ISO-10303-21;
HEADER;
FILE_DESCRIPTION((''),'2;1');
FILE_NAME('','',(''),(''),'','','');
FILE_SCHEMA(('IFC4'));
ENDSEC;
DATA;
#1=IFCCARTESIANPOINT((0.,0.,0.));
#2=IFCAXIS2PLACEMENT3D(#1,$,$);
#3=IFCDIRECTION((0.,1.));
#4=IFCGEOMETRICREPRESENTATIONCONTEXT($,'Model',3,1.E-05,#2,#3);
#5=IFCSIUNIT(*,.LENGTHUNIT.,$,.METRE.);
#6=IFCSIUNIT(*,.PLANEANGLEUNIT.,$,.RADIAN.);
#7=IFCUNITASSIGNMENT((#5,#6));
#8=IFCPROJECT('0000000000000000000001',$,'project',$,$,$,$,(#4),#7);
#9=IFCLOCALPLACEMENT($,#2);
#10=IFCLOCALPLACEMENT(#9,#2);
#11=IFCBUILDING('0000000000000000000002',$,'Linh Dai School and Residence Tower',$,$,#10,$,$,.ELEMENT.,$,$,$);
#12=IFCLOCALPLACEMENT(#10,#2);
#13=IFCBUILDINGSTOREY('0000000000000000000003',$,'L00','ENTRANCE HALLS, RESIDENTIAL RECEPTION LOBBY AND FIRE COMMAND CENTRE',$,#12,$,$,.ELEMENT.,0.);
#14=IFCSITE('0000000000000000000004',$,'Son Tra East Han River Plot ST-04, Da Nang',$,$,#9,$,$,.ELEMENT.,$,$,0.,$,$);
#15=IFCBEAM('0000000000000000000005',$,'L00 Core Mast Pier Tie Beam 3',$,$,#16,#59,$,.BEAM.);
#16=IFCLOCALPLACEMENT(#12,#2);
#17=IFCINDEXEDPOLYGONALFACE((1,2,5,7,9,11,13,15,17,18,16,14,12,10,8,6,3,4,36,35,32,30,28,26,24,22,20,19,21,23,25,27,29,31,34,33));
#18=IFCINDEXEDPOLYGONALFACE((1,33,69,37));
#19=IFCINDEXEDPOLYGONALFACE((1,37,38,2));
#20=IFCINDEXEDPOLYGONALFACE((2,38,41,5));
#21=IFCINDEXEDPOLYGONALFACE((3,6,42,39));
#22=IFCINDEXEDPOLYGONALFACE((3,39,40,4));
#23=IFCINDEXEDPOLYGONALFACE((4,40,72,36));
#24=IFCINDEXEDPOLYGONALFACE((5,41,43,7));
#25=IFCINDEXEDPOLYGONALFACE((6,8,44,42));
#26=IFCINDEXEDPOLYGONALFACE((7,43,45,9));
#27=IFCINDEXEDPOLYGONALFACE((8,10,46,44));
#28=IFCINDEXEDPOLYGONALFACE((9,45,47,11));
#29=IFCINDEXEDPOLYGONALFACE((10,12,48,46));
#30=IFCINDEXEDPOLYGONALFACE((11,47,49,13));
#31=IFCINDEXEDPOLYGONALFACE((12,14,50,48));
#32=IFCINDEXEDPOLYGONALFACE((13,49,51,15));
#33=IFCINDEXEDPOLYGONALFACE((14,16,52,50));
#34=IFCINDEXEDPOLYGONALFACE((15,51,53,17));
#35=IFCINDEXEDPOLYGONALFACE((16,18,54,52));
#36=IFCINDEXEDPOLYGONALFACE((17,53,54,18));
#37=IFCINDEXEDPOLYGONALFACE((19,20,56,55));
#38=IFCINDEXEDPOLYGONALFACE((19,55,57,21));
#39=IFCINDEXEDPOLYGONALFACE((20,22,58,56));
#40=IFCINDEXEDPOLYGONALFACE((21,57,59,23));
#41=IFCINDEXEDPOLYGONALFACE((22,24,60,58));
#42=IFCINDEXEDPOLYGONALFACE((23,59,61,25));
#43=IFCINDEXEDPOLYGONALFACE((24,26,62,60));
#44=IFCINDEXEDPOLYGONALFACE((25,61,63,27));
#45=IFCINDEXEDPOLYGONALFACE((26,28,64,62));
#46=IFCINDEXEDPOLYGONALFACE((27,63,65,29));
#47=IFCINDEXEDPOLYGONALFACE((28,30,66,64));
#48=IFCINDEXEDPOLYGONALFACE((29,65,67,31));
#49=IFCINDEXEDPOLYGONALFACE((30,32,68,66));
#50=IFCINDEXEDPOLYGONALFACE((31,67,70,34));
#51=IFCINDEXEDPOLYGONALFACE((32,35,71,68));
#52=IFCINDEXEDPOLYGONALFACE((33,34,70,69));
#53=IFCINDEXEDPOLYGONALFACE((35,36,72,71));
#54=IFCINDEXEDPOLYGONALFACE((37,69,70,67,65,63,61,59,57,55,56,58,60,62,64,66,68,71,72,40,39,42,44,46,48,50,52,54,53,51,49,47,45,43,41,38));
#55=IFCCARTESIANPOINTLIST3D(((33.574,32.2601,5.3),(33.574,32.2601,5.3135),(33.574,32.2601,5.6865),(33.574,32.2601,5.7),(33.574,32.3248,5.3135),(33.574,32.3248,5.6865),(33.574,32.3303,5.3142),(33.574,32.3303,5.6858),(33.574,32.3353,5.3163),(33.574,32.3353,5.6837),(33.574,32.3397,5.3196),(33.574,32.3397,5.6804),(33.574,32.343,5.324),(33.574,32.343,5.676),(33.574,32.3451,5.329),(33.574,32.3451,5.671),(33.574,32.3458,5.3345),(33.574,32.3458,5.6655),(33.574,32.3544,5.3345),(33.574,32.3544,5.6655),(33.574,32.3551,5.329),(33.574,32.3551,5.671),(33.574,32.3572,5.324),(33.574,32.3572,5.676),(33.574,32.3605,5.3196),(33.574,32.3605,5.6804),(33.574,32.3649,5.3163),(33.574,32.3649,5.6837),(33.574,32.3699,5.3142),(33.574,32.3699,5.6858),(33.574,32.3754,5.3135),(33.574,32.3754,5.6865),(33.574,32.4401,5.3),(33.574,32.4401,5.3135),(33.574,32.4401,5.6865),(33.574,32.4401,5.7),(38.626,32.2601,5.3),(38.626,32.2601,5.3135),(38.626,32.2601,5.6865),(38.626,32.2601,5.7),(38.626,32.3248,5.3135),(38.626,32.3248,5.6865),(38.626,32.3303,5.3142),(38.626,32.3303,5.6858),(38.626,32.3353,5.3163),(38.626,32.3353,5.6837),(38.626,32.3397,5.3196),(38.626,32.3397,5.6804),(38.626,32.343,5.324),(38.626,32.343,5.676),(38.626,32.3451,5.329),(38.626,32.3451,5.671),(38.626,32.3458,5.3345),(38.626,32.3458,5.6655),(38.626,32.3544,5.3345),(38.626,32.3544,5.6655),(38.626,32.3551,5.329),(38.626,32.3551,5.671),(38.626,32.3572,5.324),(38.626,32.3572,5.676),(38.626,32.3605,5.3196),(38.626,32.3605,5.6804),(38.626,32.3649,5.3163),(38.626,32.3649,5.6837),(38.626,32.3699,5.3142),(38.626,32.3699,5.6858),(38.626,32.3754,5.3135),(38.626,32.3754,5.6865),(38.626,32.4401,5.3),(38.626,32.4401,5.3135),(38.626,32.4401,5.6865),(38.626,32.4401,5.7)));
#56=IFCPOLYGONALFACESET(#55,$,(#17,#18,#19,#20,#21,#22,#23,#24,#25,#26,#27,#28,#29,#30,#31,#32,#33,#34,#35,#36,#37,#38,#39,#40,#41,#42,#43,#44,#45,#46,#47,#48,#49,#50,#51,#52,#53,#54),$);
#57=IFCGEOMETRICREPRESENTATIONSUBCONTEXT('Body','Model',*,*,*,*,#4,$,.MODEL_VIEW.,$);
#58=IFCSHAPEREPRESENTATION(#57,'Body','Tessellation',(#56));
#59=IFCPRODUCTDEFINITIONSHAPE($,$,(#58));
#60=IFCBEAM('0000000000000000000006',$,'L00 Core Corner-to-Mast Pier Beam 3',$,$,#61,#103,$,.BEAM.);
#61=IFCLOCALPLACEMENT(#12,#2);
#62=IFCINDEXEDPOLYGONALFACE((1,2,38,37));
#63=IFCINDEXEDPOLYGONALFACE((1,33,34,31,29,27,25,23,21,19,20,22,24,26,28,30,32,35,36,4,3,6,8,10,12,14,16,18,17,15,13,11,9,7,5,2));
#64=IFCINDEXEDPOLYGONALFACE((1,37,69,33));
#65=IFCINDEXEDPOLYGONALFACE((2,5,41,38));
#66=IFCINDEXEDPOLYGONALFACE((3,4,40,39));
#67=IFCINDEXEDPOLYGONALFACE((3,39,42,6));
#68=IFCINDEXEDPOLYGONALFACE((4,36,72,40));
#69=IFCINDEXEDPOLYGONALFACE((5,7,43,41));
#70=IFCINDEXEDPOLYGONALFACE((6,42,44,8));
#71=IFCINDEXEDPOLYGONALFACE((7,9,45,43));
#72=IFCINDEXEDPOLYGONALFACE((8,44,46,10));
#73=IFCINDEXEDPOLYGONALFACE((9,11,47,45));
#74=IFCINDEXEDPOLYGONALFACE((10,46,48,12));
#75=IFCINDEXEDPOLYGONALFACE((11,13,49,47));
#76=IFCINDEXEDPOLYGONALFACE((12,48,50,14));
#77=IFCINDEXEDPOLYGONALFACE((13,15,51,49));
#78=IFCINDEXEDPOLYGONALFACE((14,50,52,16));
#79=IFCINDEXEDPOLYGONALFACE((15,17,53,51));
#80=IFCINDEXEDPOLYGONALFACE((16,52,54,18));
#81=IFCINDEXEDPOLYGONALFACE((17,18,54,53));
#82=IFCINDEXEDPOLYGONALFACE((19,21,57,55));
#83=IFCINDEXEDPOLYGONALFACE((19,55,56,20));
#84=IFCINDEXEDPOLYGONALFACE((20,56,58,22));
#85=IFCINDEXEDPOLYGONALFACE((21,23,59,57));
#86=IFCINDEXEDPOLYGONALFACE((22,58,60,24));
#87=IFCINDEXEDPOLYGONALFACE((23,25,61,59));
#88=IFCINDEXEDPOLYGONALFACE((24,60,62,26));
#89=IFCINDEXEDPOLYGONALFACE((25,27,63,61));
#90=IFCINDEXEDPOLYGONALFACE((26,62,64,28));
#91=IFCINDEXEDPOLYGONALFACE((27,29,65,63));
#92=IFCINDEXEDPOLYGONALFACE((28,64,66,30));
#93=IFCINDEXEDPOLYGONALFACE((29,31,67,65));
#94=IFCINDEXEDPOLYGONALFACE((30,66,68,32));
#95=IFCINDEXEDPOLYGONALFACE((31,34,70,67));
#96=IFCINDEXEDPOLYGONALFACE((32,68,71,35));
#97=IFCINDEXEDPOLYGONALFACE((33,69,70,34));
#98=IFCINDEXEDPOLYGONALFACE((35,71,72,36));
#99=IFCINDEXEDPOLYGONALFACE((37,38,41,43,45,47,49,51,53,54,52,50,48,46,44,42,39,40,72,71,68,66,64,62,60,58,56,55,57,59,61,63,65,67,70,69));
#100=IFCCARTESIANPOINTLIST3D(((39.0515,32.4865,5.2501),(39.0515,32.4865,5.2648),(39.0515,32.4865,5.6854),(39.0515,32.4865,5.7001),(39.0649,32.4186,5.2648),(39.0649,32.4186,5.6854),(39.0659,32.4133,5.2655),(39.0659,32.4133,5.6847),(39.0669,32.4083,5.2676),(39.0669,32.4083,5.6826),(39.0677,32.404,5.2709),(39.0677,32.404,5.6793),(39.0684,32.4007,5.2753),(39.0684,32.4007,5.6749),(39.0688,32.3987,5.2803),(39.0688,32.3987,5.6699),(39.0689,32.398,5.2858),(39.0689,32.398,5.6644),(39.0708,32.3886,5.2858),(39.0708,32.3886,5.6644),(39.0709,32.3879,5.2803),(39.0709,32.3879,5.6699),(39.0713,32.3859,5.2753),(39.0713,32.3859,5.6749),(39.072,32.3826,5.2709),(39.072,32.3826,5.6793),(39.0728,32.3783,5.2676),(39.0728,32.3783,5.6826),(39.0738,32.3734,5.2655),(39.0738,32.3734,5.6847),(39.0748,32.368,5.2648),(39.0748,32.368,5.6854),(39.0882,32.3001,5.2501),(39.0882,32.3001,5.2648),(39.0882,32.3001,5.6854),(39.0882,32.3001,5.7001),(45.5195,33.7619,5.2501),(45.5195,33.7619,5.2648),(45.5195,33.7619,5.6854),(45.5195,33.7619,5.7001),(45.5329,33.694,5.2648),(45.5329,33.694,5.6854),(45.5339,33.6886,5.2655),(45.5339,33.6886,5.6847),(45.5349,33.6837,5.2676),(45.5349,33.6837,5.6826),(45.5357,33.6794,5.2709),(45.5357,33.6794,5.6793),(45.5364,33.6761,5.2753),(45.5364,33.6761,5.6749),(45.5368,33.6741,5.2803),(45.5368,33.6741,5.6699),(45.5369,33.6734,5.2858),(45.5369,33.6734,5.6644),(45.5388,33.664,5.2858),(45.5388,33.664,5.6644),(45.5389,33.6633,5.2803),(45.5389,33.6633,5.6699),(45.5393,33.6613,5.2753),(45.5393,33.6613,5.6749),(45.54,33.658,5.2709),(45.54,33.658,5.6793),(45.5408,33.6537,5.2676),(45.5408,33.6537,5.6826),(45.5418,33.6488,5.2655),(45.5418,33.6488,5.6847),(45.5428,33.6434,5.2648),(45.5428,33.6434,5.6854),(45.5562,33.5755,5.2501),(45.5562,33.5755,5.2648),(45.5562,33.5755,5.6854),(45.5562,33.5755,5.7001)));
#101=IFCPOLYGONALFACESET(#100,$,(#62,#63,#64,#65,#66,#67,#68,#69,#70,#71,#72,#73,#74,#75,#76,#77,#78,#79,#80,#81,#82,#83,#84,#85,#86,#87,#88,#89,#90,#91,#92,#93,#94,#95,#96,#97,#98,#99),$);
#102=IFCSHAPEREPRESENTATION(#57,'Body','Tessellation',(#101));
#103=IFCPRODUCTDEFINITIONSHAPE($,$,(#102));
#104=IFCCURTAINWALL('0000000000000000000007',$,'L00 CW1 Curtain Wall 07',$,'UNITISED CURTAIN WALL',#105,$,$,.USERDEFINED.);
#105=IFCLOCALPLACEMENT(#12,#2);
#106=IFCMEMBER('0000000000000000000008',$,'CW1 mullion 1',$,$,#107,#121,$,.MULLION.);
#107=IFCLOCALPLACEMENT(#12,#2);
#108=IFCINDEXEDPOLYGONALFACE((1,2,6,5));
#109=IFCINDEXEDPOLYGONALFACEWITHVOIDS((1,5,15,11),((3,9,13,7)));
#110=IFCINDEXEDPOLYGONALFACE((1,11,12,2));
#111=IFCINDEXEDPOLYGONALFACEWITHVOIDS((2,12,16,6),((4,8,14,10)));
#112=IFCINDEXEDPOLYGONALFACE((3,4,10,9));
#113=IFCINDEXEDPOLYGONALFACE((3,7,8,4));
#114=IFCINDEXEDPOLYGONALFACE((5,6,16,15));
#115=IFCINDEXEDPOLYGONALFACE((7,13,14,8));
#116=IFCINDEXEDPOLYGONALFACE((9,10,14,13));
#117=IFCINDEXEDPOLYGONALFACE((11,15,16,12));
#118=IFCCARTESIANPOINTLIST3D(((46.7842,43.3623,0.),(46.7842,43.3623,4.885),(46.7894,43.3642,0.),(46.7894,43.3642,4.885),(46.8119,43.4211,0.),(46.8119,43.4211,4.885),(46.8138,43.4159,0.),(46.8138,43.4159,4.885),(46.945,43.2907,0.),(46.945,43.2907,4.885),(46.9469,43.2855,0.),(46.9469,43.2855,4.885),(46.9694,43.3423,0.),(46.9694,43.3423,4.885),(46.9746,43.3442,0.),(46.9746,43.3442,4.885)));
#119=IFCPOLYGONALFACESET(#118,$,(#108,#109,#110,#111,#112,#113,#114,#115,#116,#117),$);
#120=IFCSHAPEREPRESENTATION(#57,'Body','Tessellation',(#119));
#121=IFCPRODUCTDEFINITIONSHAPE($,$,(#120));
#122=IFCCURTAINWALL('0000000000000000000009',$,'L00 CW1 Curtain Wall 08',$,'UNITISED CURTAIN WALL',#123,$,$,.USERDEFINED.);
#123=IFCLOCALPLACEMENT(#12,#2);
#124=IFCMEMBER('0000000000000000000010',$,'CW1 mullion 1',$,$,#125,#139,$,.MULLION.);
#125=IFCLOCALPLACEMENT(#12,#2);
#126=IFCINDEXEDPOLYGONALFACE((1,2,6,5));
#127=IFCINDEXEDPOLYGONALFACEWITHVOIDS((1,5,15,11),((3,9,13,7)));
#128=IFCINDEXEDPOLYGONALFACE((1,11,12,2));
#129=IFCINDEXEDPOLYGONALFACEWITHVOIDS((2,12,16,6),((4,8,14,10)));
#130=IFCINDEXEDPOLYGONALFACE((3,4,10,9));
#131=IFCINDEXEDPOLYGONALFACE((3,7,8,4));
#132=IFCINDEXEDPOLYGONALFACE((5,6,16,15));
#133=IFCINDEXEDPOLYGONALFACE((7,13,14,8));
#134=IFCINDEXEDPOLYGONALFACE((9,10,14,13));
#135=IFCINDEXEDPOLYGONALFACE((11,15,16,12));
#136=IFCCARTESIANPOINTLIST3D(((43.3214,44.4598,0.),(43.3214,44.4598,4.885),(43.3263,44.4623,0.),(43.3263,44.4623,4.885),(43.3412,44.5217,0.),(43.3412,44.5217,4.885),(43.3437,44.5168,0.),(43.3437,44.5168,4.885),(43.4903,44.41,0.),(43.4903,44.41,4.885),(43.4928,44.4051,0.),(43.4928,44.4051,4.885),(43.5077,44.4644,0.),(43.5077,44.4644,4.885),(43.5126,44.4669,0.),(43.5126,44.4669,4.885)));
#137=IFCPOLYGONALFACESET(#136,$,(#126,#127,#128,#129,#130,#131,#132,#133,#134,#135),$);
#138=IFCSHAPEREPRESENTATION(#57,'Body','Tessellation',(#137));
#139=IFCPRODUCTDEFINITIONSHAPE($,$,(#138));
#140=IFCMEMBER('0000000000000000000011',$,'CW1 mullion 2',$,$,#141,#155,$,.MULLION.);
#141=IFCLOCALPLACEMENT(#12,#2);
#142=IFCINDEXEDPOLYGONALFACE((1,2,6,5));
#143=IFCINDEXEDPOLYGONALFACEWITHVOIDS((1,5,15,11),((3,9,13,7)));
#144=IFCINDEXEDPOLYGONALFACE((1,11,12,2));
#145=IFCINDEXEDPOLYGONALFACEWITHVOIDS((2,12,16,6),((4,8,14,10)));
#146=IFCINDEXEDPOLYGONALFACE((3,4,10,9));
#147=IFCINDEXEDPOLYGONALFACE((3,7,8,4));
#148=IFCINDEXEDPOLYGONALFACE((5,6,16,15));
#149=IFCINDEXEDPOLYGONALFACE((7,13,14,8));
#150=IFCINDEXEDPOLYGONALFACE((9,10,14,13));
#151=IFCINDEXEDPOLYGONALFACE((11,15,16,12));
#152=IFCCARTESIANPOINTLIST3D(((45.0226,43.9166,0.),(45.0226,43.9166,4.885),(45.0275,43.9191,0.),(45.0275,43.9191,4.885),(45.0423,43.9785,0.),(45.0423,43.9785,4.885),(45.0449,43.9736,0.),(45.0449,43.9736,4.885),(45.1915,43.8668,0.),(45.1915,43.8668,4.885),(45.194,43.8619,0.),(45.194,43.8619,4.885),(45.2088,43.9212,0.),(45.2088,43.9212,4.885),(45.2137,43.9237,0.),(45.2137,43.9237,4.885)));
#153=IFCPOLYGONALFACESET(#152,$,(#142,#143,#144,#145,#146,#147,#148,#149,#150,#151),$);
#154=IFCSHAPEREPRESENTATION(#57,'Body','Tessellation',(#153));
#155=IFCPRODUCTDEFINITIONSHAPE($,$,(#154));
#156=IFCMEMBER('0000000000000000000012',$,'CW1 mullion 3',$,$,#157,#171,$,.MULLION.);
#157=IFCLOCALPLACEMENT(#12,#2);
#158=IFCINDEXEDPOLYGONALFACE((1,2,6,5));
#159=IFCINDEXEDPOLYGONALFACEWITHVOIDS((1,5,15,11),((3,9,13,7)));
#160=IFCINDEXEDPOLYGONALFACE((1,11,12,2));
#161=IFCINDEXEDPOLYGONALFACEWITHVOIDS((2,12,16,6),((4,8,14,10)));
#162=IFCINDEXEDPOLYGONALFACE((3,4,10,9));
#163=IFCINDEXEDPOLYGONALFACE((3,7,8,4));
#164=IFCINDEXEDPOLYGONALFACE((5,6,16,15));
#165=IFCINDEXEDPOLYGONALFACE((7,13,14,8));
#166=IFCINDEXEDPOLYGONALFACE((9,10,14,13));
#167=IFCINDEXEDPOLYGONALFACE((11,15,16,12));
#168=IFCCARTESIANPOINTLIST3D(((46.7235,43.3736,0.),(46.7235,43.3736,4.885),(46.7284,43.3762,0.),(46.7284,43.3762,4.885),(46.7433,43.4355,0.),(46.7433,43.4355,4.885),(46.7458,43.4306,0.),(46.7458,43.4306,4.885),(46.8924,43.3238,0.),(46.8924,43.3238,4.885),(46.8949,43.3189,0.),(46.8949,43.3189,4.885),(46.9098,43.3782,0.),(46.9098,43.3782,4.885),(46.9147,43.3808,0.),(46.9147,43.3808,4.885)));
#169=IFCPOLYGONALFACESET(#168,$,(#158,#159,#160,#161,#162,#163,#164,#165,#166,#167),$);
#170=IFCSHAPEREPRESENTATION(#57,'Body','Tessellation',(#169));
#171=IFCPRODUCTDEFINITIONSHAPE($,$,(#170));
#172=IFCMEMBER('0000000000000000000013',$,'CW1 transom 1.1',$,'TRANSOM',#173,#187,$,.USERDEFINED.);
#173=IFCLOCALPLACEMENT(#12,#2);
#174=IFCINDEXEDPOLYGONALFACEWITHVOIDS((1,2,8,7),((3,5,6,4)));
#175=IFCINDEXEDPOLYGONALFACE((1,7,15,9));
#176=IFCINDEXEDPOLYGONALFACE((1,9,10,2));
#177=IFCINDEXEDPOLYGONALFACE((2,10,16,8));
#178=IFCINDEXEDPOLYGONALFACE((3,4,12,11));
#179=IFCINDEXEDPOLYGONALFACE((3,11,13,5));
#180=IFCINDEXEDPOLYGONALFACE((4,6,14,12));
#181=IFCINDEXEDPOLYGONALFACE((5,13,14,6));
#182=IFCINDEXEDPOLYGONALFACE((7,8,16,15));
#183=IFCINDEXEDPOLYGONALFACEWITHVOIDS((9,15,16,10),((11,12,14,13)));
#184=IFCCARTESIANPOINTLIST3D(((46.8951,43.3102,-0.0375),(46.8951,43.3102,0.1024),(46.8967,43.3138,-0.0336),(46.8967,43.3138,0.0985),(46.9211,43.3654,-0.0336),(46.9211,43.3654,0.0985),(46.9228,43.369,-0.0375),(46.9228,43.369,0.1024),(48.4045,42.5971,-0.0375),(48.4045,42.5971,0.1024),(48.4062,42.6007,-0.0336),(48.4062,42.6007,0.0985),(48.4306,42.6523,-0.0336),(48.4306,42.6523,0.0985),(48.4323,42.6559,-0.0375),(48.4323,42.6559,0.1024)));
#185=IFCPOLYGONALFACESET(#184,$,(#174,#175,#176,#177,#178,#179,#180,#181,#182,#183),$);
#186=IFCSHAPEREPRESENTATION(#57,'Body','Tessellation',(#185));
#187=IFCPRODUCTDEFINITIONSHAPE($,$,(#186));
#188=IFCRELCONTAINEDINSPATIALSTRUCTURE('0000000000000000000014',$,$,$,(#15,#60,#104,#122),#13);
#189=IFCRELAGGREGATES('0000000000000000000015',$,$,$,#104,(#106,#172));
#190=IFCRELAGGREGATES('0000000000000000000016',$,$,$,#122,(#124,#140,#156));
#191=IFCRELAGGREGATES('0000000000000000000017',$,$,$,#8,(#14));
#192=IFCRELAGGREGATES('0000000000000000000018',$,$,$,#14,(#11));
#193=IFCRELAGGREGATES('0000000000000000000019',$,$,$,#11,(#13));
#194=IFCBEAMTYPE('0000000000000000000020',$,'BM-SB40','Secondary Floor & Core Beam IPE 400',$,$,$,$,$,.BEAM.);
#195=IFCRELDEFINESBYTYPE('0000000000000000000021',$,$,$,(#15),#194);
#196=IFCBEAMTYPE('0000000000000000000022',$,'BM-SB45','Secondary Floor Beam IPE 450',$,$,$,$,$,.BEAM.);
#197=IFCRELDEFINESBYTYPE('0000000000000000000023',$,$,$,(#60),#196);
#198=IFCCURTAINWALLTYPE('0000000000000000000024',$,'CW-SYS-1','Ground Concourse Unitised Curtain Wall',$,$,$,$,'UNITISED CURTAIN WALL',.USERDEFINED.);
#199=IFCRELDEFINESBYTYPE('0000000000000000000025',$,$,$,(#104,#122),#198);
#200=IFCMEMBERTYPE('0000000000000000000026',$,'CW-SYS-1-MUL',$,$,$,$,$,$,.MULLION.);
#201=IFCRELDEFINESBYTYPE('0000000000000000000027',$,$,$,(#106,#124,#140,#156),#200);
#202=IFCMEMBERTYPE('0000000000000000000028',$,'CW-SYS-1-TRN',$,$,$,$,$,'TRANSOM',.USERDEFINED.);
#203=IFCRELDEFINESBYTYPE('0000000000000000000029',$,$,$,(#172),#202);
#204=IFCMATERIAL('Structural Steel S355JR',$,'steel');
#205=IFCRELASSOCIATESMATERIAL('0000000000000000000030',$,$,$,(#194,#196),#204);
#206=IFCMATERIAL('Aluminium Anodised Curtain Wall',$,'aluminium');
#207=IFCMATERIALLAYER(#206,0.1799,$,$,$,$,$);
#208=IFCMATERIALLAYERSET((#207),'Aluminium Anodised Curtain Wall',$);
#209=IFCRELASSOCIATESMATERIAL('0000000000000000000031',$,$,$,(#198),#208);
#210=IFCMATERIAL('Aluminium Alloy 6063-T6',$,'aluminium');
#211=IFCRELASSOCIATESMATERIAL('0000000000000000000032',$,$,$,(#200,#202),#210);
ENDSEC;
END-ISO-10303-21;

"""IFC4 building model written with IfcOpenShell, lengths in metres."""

from ifc_helpers import new_model, si_unit, direction, frame, origin, origin_2d, place, context, subcontext, project, spatial, hollow_rectangle, i_section, extrude, source, transform, mapped, material, layer, layer_set, material_profile, profile_set, type_object, element, aggregate, save


model = new_model("IFC4")

# Units and contexts
model_context = context("Model", 3, precision=1e-05, world=origin(), true_north=direction((0.0, 1.0)))
body_context = subcontext(model_context, "Body", "Model", "MODEL_VIEW")
ifc_project = project(units=[si_unit("LENGTHUNIT", "METRE"), si_unit("PLANEANGLEUNIT", "RADIAN")], contexts=[model_context])

# Site, building, storey
site_placement = place(None, origin())
site = spatial("IfcSite", under=ifc_project, at=site_placement, Name="Son Tra East Han River Plot ST-04, Da Nang", CompositionType="ELEMENT", RefElevation=0.0)
building_placement = place(site_placement, origin())
building = spatial("IfcBuilding", under=site, at=building_placement, Name="Linh Dai School and Residence Tower", CompositionType="ELEMENT")
storey_placement = place(building_placement, origin())
storey = spatial("IfcBuildingStorey", under=building, at=storey_placement, Name="L00", Description="ENTRANCE HALLS, RESIDENTIAL RECEPTION LOBBY AND FIRE COMMAND CENTRE", CompositionType="ELEMENT", Elevation=0.0)

# Shared definitions
ifc_material_1 = material(Name="Structural Steel S355JR", Category="steel")

# Beams
ifc_material_profile_1 = material_profile(ifc_material_1, i_section(OverallWidth=0.1799, OverallDepth=0.3999, WebThickness=0.0085, FlangeThickness=0.0134, FilletRadius=0.021, at=origin_2d()), Name="IPE 400")
ifc_profile_set_1 = profile_set([ifc_material_profile_1], Name="Structural Steel S355JR")
beam_type_1 = type_object("IfcBeamType", Name="BM-SB40", Description="Secondary Floor & Core Beam IPE 400", PredefinedType="BEAM", material=ifc_profile_set_1)
beam_1_placement = place(storey_placement, frame((38.626, 32.3501, 5.5), z_axis=(-1.0, 0.0, 0.0), x_axis=(0.0, -1.0, 0.0)))
element("IfcBeam", 1, at=beam_1_placement, inside=storey, type_object=beam_type_1, Name="L00 Core Mast Pier Tie Beam 3", PredefinedType="BEAM", context=body_context, shape_type="SweptSolid", body=[
    extrude(i_section(OverallWidth=0.1799, OverallDepth=0.3999, WebThickness=0.0085, FlangeThickness=0.0134, FilletRadius=0.021, at=origin_2d()), origin(), (0.0, 0.0, 1.0), 5.052),
])
ifc_material_profile_2 = material_profile(ifc_material_1, i_section(OverallWidth=0.1899, OverallDepth=0.45, WebThickness=0.0095, FlangeThickness=0.0146, FilletRadius=0.021, at=origin_2d()), Name="IPE 450")
ifc_profile_set_2 = profile_set([ifc_material_profile_2], Name="Structural Steel S355JR")
beam_type_2 = type_object("IfcBeamType", Name="BM-SB45", Description="Secondary Floor Beam IPE 450", PredefinedType="BEAM", material=ifc_profile_set_2)
beam_2_placement = place(storey_placement, frame((45.5378, 33.6687, 5.4751), z_axis=(-0.981108, -0.193459, 0.0), x_axis=(0.193459, -0.981108, 0.0)))
element("IfcBeam", 2, at=beam_2_placement, inside=storey, type_object=beam_type_2, Name="L00 Core Corner-to-Mast Pier Beam 3", PredefinedType="BEAM", context=body_context, shape_type="SweptSolid", body=[
    extrude(i_section(OverallWidth=0.1899, OverallDepth=0.45, WebThickness=0.0095, FlangeThickness=0.0146, FilletRadius=0.021, at=origin_2d()), origin(), (0.0, 0.0, 1.0), 6.5925),
])

# Curtain wall, member
ifc_material_2 = material(Name="Aluminium Anodised Curtain Wall", Category="aluminium")
ifc_layer_1 = layer(ifc_material_2, 0.1799)
ifc_layer_set_1 = layer_set([ifc_layer_1], Name="Aluminium Anodised Curtain Wall")
curtain_wall_type = type_object("IfcCurtainWallType", Name="CW-SYS-1", Description="Ground Concourse Unitised Curtain Wall", ElementType="UNITISED CURTAIN WALL", PredefinedType="USERDEFINED", material=ifc_layer_set_1)
curtain_wall_1_placement = place(storey_placement, origin())
curtain_wall_1 = element("IfcCurtainWall", 3, at=curtain_wall_1_placement, inside=storey, type_object=curtain_wall_type, Name="L00 CW1 Curtain Wall 07", ObjectType="UNITISED CURTAIN WALL", PredefinedType="USERDEFINED")
ifc_material_3 = material(Name="Aluminium Alloy 6063-T6", Category="aluminium")
ifc_material_profile_3 = material_profile(ifc_material_3, hollow_rectangle(XDim=0.0649, YDim=0.1799, WallThickness=0.0039, at=origin_2d()), Name="RHS 180x65x4")
ifc_profile_set_3 = profile_set([ifc_material_profile_3], Name="Aluminium Alloy 6063-T6")
member_type_1 = type_object("IfcMemberType", Name="CW-SYS-1-MUL", PredefinedType="MULLION", material=ifc_profile_set_3)
shared_shape_1 = source(origin(), body_context, "Body", "SweptSolid", [
    extrude(hollow_rectangle(XDim=0.0649, YDim=0.1799, WallThickness=0.0039, at=origin_2d()), origin(), (0.0, 0.0, 1.0), 4.885),
])
member_1_placement = place(storey_placement, frame((46.8794, 43.3533, 0.0), z_axis=(0.0, 0.0, 1.0), x_axis=(0.427108, 0.904201, 0.0)))
member_1 = element("IfcMember", 4, at=member_1_placement, type_object=member_type_1, Name="CW1 mullion 1", PredefinedType="MULLION", context=body_context, shape_type="MappedRepresentation", body=[
    mapped(shared_shape_1, transform((0.0, 0.0, 0.0), x_axis=(1.0, 0.0, 0.0), y_axis=(0.0, 1.0, 0.0), z_axis=(0.0, 0.0, 1.0), scale=1.0)),
])

# Curtain wall, members
curtain_wall_2_placement = place(storey_placement, origin())
curtain_wall_2 = element("IfcCurtainWall", 5, at=curtain_wall_2_placement, inside=storey, type_object=curtain_wall_type, Name="L00 CW1 Curtain Wall 08", ObjectType="UNITISED CURTAIN WALL", PredefinedType="USERDEFINED")
member_2_placement = place(storey_placement, frame((43.417, 44.4634, 0.0), z_axis=(0.0, 0.0, 1.0), x_axis=(0.30416, 0.952621, 0.0)))
member_2 = element("IfcMember", 6, at=member_2_placement, type_object=member_type_1, Name="CW1 mullion 1", PredefinedType="MULLION", context=body_context, shape_type="MappedRepresentation", body=[
    mapped(shared_shape_1, transform((0.0, 0.0, 0.0), x_axis=(1.0, 0.0, 0.0), y_axis=(0.0, 1.0, 0.0), z_axis=(0.0, 0.0, 1.0), scale=1.0)),
])
member_3_placement = place(storey_placement, frame((45.1182, 43.9202, 0.0), z_axis=(0.0, 0.0, 1.0), x_axis=(0.30416, 0.952621, 0.0)))
member_3 = element("IfcMember", 7, at=member_3_placement, type_object=member_type_1, Name="CW1 mullion 2", PredefinedType="MULLION", context=body_context, shape_type="MappedRepresentation", body=[
    mapped(shared_shape_1, transform((0.0, 0.0, 0.0), x_axis=(1.0, 0.0, 0.0), y_axis=(0.0, 1.0, 0.0), z_axis=(0.0, 0.0, 1.0), scale=1.0)),
])
member_4_placement = place(storey_placement, frame((46.8191, 43.3772, 0.0), z_axis=(0.0, 0.0, 1.0), x_axis=(0.30416, 0.952621, 0.0)))
member_4 = element("IfcMember", 8, at=member_4_placement, type_object=member_type_1, Name="CW1 mullion 3", PredefinedType="MULLION", context=body_context, shape_type="MappedRepresentation", body=[
    mapped(shared_shape_1, transform((0.0, 0.0, 0.0), x_axis=(1.0, 0.0, 0.0), y_axis=(0.0, 1.0, 0.0), z_axis=(0.0, 0.0, 1.0), scale=1.0)),
])

# Member
ifc_material_profile_4 = material_profile(ifc_material_3, hollow_rectangle(XDim=0.0649, YDim=0.1399, WallThickness=0.0039, at=origin_2d()), Name="RHS 140x65x4")
ifc_profile_set_4 = profile_set([ifc_material_profile_4], Name="Aluminium Alloy 6063-T6")
member_type_2 = type_object("IfcMemberType", Name="CW-SYS-1-TRN", ElementType="TRANSOM", PredefinedType="USERDEFINED", material=ifc_profile_set_4)
shared_shape_2 = source(origin(), body_context, "Body", "SweptSolid", [
    extrude(hollow_rectangle(XDim=0.0649, YDim=0.1399, WallThickness=0.0039, at=origin_2d()), origin(), (0.0, 0.0, 1.0), 1.6694),
])
member_5_placement = place(storey_placement, frame((46.9089, 43.3396, 0.0325), z_axis=(0.904178, -0.427156, 0.0), x_axis=(0.427156, 0.904178, 0.0)))
member_5 = element("IfcMember", 9, at=member_5_placement, type_object=member_type_2, Name="CW1 transom 1.1", ObjectType="TRANSOM", PredefinedType="USERDEFINED", context=body_context, shape_type="MappedRepresentation", body=[
    mapped(shared_shape_2, transform((0.0, 0.0, 0.0), x_axis=(1.0, 0.0, 0.0), y_axis=(0.0, 1.0, 0.0), z_axis=(0.0, 0.0, 1.0), scale=1.0)),
])

aggregate(curtain_wall_1, [member_1, member_5])
aggregate(curtain_wall_2, [member_2, member_3, member_4])

save(model, "model.ifc")
